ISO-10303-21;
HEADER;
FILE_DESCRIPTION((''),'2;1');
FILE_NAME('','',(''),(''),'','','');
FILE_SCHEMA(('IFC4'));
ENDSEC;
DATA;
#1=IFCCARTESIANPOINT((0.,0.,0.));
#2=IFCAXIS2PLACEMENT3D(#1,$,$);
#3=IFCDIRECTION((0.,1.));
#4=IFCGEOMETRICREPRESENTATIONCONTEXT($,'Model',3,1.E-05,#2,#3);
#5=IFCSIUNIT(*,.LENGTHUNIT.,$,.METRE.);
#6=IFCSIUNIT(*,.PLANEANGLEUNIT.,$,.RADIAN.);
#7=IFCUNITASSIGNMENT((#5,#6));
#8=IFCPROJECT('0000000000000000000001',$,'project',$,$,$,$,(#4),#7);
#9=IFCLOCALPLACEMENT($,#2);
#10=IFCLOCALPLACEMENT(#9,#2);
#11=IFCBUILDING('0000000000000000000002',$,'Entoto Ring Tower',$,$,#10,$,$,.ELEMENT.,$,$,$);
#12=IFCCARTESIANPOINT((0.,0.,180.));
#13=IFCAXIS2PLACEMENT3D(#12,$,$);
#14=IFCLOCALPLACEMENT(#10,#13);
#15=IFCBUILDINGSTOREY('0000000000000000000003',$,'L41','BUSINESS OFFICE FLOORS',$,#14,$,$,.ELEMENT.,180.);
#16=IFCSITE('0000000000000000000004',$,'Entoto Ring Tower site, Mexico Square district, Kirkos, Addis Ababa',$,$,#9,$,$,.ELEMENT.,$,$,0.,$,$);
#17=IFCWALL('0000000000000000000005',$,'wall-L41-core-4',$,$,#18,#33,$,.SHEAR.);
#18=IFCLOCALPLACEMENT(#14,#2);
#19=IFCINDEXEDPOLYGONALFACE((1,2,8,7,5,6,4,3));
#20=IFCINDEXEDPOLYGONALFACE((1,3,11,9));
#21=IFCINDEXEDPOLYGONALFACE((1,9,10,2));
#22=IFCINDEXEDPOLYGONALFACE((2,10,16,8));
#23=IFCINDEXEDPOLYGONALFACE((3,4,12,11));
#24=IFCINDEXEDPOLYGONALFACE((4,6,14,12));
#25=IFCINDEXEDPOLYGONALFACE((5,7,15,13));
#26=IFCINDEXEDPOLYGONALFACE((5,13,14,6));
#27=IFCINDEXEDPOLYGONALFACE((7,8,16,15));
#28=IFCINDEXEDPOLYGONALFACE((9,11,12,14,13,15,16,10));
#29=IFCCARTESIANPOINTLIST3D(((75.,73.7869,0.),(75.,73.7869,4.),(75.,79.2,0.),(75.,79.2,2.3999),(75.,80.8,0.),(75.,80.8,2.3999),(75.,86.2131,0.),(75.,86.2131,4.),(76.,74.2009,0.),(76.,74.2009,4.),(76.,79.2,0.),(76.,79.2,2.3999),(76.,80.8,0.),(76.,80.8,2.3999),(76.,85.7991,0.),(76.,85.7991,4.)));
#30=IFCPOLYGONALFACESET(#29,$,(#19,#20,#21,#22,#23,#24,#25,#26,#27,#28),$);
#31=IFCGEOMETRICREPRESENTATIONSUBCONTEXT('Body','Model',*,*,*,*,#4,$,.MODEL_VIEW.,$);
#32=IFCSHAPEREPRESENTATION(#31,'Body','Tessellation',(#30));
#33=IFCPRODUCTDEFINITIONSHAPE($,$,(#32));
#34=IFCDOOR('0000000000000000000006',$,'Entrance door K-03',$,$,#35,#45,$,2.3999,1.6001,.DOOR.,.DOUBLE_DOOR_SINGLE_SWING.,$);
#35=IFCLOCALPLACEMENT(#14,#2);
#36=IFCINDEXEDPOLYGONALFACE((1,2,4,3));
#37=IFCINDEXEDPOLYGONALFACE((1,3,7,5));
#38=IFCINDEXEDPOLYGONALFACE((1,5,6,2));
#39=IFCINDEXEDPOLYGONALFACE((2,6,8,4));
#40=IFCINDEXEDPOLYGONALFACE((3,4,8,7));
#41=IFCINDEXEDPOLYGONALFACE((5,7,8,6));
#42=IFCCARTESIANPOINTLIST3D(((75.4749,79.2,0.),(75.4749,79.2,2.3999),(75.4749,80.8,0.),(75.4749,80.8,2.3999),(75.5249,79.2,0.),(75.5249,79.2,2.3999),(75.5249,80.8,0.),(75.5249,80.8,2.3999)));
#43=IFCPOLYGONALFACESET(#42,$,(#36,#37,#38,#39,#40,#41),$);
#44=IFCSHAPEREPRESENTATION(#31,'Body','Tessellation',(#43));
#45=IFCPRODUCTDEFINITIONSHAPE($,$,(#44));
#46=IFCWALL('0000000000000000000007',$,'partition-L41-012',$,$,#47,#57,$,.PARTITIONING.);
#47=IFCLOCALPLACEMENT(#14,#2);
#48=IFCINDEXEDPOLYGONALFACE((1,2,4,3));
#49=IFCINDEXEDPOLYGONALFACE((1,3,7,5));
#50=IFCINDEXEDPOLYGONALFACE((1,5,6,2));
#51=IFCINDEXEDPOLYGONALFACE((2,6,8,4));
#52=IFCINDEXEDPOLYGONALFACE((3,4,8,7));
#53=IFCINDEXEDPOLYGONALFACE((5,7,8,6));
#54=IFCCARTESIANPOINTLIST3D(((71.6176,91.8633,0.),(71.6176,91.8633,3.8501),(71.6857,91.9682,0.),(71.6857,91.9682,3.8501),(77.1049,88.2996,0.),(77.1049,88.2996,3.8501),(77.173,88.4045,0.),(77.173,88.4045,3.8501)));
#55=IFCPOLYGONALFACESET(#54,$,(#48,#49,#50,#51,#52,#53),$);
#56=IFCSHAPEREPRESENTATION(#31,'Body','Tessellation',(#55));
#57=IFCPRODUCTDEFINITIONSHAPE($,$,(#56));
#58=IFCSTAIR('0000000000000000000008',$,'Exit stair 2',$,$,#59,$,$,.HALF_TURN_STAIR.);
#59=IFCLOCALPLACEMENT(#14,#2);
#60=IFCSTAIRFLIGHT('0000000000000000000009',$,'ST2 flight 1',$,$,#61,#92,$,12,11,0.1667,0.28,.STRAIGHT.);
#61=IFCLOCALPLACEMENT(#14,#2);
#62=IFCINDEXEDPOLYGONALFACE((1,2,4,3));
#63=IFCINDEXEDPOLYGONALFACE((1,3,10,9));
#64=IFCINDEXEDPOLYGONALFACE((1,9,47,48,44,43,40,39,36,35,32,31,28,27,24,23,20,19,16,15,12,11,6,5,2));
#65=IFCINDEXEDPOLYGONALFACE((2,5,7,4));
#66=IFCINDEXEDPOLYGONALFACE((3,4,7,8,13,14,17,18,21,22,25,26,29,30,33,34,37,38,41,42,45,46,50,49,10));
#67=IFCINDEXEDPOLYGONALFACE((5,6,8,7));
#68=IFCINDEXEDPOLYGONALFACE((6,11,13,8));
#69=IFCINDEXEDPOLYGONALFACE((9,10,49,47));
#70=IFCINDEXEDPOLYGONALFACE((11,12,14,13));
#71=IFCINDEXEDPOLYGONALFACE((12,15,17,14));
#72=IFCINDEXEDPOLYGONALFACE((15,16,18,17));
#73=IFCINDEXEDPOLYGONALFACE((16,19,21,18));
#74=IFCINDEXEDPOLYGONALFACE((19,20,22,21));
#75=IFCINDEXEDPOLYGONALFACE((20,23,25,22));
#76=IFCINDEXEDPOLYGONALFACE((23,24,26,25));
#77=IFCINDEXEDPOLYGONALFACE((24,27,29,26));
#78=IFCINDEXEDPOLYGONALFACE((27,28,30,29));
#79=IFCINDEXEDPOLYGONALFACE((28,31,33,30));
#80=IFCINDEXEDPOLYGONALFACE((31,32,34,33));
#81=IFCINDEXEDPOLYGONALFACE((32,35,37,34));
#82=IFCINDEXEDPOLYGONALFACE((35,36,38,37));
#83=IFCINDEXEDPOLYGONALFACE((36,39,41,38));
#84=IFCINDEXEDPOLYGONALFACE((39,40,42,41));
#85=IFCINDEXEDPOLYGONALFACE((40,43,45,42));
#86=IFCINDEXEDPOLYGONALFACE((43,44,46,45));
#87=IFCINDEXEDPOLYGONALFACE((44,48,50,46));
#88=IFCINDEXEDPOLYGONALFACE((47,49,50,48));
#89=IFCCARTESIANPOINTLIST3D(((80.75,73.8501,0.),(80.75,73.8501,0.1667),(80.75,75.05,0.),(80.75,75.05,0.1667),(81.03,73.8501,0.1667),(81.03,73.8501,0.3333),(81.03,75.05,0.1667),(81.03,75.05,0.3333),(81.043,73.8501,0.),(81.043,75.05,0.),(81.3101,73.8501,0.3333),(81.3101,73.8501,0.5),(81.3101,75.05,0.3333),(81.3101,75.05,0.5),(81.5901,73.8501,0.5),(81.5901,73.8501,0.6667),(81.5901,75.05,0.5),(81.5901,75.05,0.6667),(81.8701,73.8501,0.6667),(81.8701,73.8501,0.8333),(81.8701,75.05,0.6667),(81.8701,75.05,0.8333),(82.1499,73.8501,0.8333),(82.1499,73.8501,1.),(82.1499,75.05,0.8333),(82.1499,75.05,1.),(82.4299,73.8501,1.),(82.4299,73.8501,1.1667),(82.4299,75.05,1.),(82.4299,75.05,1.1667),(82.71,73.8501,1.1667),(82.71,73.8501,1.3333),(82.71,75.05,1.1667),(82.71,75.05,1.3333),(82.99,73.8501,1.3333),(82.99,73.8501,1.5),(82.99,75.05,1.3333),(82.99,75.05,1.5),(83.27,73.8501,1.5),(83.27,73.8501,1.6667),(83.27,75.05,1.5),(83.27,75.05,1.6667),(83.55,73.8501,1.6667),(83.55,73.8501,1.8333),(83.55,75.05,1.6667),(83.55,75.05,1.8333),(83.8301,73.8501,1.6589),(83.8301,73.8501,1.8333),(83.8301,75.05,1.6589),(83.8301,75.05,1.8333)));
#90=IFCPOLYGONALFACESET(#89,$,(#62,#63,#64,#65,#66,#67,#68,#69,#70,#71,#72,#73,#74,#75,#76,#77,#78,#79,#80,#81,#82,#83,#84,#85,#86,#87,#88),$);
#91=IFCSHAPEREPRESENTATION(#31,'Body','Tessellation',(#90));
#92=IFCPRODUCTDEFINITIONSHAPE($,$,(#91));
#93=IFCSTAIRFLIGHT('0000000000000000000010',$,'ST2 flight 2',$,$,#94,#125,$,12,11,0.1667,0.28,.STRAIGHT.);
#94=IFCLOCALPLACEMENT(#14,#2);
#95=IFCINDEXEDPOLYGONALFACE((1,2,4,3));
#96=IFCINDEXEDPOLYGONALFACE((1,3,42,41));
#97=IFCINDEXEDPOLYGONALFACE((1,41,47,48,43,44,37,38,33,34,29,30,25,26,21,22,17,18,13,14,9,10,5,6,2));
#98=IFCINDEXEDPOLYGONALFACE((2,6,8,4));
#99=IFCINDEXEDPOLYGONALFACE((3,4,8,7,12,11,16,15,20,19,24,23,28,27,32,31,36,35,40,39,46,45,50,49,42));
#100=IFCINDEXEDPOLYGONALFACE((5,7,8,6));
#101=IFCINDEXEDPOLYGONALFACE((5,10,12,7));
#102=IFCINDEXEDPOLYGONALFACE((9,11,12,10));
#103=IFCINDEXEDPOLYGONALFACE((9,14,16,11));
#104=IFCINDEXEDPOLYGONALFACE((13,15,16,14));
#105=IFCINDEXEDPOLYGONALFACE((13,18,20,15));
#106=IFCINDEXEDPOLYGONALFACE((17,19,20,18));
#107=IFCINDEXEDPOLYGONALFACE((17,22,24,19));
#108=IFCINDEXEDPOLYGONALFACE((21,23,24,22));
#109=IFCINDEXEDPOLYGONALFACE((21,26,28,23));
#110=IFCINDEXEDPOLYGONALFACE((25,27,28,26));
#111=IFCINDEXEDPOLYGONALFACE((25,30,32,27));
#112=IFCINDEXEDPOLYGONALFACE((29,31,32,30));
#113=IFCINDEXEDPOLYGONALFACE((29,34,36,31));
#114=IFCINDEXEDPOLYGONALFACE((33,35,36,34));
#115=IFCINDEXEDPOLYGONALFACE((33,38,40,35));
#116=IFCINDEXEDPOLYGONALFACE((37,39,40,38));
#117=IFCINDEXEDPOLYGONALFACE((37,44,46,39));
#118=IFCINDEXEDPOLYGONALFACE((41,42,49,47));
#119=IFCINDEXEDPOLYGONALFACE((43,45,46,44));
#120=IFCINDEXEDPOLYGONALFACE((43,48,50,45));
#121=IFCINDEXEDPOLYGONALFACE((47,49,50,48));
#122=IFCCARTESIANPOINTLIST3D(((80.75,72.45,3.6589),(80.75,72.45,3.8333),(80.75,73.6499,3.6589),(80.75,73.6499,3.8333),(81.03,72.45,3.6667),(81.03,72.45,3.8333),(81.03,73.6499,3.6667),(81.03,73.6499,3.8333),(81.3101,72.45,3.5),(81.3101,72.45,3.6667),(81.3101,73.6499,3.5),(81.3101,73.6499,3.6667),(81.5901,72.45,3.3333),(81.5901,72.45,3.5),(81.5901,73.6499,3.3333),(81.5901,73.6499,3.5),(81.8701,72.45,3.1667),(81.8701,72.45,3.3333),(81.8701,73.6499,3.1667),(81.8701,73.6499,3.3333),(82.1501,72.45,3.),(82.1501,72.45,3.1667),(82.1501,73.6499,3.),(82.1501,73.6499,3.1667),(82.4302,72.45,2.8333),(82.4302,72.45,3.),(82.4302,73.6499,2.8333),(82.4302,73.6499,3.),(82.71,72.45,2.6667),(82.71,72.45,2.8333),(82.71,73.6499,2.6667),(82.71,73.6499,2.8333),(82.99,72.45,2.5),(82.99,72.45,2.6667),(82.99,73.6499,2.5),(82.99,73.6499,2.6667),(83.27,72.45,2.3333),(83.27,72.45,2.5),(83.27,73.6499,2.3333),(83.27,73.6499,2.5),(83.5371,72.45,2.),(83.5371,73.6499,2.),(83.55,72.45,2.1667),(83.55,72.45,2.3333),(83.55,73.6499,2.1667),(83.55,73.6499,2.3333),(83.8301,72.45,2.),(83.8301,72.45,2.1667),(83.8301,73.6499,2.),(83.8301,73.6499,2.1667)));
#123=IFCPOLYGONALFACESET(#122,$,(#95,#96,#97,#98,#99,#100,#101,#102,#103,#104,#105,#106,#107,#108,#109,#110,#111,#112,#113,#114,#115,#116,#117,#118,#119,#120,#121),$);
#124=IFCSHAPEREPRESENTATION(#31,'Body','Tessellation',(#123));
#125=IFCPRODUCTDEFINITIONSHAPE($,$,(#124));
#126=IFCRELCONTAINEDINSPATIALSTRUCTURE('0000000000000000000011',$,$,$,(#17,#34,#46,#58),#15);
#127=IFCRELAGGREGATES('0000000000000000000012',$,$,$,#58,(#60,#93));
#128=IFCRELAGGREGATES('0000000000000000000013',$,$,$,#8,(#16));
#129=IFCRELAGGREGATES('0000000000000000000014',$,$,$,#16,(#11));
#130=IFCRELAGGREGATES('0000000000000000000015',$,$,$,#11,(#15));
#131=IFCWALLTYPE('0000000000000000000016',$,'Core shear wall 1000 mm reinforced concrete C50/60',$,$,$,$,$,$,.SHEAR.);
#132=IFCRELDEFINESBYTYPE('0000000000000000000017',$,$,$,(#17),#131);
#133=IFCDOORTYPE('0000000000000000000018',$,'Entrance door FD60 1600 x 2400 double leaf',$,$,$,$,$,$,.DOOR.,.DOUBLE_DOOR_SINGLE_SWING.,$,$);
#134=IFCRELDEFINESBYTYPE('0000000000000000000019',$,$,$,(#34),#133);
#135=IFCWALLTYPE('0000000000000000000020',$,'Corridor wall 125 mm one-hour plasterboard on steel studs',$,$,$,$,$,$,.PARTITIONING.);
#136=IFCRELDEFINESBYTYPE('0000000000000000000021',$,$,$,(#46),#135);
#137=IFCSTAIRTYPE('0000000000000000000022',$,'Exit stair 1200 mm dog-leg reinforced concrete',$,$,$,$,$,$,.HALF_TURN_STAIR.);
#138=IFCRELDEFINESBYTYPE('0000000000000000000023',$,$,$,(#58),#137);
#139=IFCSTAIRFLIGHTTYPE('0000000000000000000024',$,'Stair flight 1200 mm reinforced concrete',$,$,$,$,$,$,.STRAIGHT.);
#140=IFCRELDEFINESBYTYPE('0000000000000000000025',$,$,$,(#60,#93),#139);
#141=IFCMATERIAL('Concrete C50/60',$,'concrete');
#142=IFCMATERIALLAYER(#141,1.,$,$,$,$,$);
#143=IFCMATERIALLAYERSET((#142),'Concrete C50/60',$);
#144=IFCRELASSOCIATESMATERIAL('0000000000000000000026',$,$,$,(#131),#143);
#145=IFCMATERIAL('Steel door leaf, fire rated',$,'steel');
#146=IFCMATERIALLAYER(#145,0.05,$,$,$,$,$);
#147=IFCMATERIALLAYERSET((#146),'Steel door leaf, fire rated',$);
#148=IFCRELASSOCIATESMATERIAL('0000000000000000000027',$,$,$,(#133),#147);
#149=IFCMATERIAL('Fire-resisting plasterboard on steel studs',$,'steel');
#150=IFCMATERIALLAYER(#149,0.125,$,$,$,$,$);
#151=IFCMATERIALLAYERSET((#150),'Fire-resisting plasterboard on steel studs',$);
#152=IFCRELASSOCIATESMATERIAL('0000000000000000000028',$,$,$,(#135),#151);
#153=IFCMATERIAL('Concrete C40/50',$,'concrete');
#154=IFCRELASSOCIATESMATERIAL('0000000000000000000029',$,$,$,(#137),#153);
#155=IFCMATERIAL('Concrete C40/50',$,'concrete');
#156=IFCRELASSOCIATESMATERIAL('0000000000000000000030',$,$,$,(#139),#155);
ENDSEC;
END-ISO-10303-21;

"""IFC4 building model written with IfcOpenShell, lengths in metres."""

from ifc_helpers import new_model, si_unit, direction, frame, frame_2d, origin, place, context, subcontext, project, spatial, polyline, rectangle, outline, extrude, material, layer, layer_set, type_object, element, fill, aggregate, save


model = new_model("IFC4")

# Units and contexts
model_context = context("Model", 3, precision=1e-05, world=origin(), true_north=direction((0.0, 1.0)))
body_context = subcontext(model_context, "Body", "Model", "MODEL_VIEW")
ifc_project = project(units=[si_unit("LENGTHUNIT", "METRE"), si_unit("PLANEANGLEUNIT", "RADIAN")], contexts=[model_context])

# Site, building, storey
site_placement = place(None, origin())
site = spatial("IfcSite", under=ifc_project, at=site_placement, Name="Entoto Ring Tower site, Mexico Square district, Kirkos, Addis Ababa", CompositionType="ELEMENT", RefElevation=0.0)
building_placement = place(site_placement, origin())
building = spatial("IfcBuilding", under=site, at=building_placement, Name="Entoto Ring Tower", CompositionType="ELEMENT")
storey_placement = place(building_placement, frame((0.0, 0.0, 180.0)))
storey = spatial("IfcBuildingStorey", under=building, at=storey_placement, Name="L41", Description="BUSINESS OFFICE FLOORS", CompositionType="ELEMENT", Elevation=180.0)

# Wall, opening, door
ifc_material_1 = material(Name="Concrete C50/60", Category="concrete")
ifc_layer_1 = layer(ifc_material_1, 1.0)
ifc_layer_set_1 = layer_set([ifc_layer_1], Name="Concrete C50/60")
wall_type_1 = type_object("IfcWallType", Name="Core shear wall 1000 mm reinforced concrete C50/60", PredefinedType="SHEAR", material=ifc_layer_set_1)
wall_1_placement = place(storey_placement, frame((75.5, 86.0061, 0.0), z_axis=(0.0, 0.0, 1.0), x_axis=(0.0, -1.0, 0.0)))
wall_1 = element("IfcWall", 1, at=wall_1_placement, inside=storey, type_object=wall_type_1, Name="wall-L41-core-4", PredefinedType="SHEAR", context=body_context, shape_type="SweptSolid", body=[
    extrude(outline(polyline([(-0.207, -0.5), (12.2192, -0.5), (11.8052, 0.5), (0.207, 0.5), (-0.207, -0.5)])), origin(), (0.0, 0.0, 1.0), 4.0),
])
opening_1_placement = place(wall_1_placement, frame((5.2061, 0.0, 0.0)))
opening_1 = element("IfcOpeningElement", 2, at=opening_1_placement, cuts=wall_1, PredefinedType="OPENING", context=body_context, shape_type="SweptSolid", body=[
    extrude(rectangle(XDim=1.6001, YDim=2.3999, at=frame_2d((0.8, 1.2))), frame((0.0, 0.51, 0.0), z_axis=(0.0, -1.0, 0.0), x_axis=(1.0, 0.0, 0.0)), (0.0, 0.0, 1.0), 1.02),
])
ifc_material_2 = material(Name="Steel door leaf, fire rated", Category="steel")
ifc_layer_2 = layer(ifc_material_2, 0.05)
ifc_layer_set_2 = layer_set([ifc_layer_2], Name="Steel door leaf, fire rated")
door_type_1 = type_object("IfcDoorType", Name="Entrance door FD60 1600 x 2400 double leaf", OperationType="DOUBLE_DOOR_SINGLE_SWING", PredefinedType="DOOR", material=ifc_layer_set_2)
door_1_placement = place(opening_1_placement, origin())
door_1 = element("IfcDoor", 3, at=door_1_placement, inside=storey, type_object=door_type_1, Name="Entrance door K-03", OperationType="DOUBLE_DOOR_SINGLE_SWING", OverallHeight=2.3999, OverallWidth=1.6001, PredefinedType="DOOR", context=body_context, shape_type="SweptSolid", body=[
    extrude(rectangle(XDim=1.6001, YDim=2.3999, at=frame_2d((0.8, 1.2))), frame((0.0, 0.0249, 0.0), z_axis=(0.0, -1.0, 0.0), x_axis=(1.0, 0.0, 0.0)), (0.0, 0.0, 1.0), 0.05),
])
fill(opening_1, door_1)

# Wall
ifc_material_3 = material(Name="Fire-resisting plasterboard on steel studs", Category="steel")
ifc_layer_3 = layer(ifc_material_3, 0.125)
ifc_layer_set_3 = layer_set([ifc_layer_3], Name="Fire-resisting plasterboard on steel studs")
wall_type_2 = type_object("IfcWallType", Name="Corridor wall 125 mm one-hour plasterboard on steel studs", PredefinedType="PARTITIONING", material=ifc_layer_set_3)
wall_2_placement = place(storey_placement, frame((77.1389, 88.3521, 0.0), z_axis=(0.0, 0.0, 1.0), x_axis=(-0.838655, 0.544663, 0.0)))
element("IfcWall", 4, at=wall_2_placement, inside=storey, type_object=wall_type_2, Name="partition-L41-012", PredefinedType="PARTITIONING", context=body_context, shape_type="SweptSolid", body=[
    extrude(rectangle(XDim=6.543, YDim=0.125, at=frame_2d((3.2715, 0.0))), origin(), (0.0, 0.0, 1.0), 3.8501),
])

# Stair, stair flights
ifc_material_4 = material(Name="Concrete C40/50", Category="concrete")
stair_type = type_object("IfcStairType", Name="Exit stair 1200 mm dog-leg reinforced concrete", PredefinedType="HALF_TURN_STAIR", material=ifc_material_4)
stair_placement = place(storey_placement, origin())
stair = element("IfcStair", 5, at=stair_placement, inside=storey, type_object=stair_type, Name="Exit stair 2", PredefinedType="HALF_TURN_STAIR")
ifc_material_5 = material(Name="Concrete C40/50", Category="concrete")
stair_flight_type = type_object("IfcStairFlightType", Name="Stair flight 1200 mm reinforced concrete", PredefinedType="STRAIGHT", material=ifc_material_5)
stair_flight_1_placement = place(storey_placement, frame((80.75, 74.45, 0.0), z_axis=(0.0, 0.0, 1.0), x_axis=(1.0, 0.0, 0.0)))
stair_flight_1 = element("IfcStairFlight", 6, at=stair_flight_1_placement, type_object=stair_flight_type, Name="ST2 flight 1", NumberOfRisers=12, NumberOfTreads=11, PredefinedType="STRAIGHT", RiserHeight=0.1667, TreadLength=0.28, context=body_context, shape_type="SweptSolid", body=[
    extrude(outline(polyline([(0.0, 0.0), (0.0, 0.1667), (0.28, 0.1667), (0.28, 0.3333), (0.5601, 0.3333), (0.5601, 0.5), (0.8401, 0.5), (0.8401, 0.6667), (1.1201, 0.6667), (1.1201, 0.8333), (1.3999, 0.8333), (1.3999, 1.0), (1.6799, 1.0), (1.6799, 1.1667), (1.96, 1.1667), (1.96, 1.3333), (2.24, 1.3333), (2.24, 1.5), (2.52, 1.5), (2.52, 1.6667), (2.8, 1.6667), (2.8, 1.8333), (3.0801, 1.8333), (3.0801, 2.0), (3.0801, 1.6589), (0.293, 0.0), (0.0, 0.0)])), frame((0.0, 0.6001, 0.0), z_axis=(0.0, -1.0, 0.0), x_axis=(1.0, 0.0, 0.0)), (0.0, 0.0, 1.0), 1.2),
])
stair_flight_2_placement = place(storey_placement, frame((83.8301, 73.05, 2.0), z_axis=(0.0, 0.0, 1.0), x_axis=(-1.0, 0.0, 0.0)))
stair_flight_2 = element("IfcStairFlight", 7, at=stair_flight_2_placement, type_object=stair_flight_type, Name="ST2 flight 2", NumberOfRisers=12, NumberOfTreads=11, PredefinedType="STRAIGHT", RiserHeight=0.1667, TreadLength=0.28, context=body_context, shape_type="SweptSolid", body=[
    extrude(outline(polyline([(0.0, 0.0), (0.0, 0.1667), (0.28, 0.1667), (0.28, 0.3333), (0.5601, 0.3333), (0.5601, 0.5), (0.8401, 0.5), (0.8401, 0.6667), (1.1201, 0.6667), (1.1201, 0.8333), (1.3999, 0.8333), (1.3999, 1.0), (1.6799, 1.0), (1.6799, 1.1667), (1.96, 1.1667), (1.96, 1.3333), (2.24, 1.3333), (2.24, 1.5), (2.52, 1.5), (2.52, 1.6667), (2.8, 1.6667), (2.8, 1.8333), (3.0801, 1.8333), (3.0801, 2.0), (3.0801, 1.6589), (0.293, 0.0), (0.0, 0.0)])), frame((0.0, 0.6001, 0.0), z_axis=(0.0, -1.0, 0.0), x_axis=(1.0, 0.0, 0.0)), (0.0, 0.0, 1.0), 1.2),
])
aggregate(stair, [stair_flight_1, stair_flight_2])

save(model, "model.ifc")
